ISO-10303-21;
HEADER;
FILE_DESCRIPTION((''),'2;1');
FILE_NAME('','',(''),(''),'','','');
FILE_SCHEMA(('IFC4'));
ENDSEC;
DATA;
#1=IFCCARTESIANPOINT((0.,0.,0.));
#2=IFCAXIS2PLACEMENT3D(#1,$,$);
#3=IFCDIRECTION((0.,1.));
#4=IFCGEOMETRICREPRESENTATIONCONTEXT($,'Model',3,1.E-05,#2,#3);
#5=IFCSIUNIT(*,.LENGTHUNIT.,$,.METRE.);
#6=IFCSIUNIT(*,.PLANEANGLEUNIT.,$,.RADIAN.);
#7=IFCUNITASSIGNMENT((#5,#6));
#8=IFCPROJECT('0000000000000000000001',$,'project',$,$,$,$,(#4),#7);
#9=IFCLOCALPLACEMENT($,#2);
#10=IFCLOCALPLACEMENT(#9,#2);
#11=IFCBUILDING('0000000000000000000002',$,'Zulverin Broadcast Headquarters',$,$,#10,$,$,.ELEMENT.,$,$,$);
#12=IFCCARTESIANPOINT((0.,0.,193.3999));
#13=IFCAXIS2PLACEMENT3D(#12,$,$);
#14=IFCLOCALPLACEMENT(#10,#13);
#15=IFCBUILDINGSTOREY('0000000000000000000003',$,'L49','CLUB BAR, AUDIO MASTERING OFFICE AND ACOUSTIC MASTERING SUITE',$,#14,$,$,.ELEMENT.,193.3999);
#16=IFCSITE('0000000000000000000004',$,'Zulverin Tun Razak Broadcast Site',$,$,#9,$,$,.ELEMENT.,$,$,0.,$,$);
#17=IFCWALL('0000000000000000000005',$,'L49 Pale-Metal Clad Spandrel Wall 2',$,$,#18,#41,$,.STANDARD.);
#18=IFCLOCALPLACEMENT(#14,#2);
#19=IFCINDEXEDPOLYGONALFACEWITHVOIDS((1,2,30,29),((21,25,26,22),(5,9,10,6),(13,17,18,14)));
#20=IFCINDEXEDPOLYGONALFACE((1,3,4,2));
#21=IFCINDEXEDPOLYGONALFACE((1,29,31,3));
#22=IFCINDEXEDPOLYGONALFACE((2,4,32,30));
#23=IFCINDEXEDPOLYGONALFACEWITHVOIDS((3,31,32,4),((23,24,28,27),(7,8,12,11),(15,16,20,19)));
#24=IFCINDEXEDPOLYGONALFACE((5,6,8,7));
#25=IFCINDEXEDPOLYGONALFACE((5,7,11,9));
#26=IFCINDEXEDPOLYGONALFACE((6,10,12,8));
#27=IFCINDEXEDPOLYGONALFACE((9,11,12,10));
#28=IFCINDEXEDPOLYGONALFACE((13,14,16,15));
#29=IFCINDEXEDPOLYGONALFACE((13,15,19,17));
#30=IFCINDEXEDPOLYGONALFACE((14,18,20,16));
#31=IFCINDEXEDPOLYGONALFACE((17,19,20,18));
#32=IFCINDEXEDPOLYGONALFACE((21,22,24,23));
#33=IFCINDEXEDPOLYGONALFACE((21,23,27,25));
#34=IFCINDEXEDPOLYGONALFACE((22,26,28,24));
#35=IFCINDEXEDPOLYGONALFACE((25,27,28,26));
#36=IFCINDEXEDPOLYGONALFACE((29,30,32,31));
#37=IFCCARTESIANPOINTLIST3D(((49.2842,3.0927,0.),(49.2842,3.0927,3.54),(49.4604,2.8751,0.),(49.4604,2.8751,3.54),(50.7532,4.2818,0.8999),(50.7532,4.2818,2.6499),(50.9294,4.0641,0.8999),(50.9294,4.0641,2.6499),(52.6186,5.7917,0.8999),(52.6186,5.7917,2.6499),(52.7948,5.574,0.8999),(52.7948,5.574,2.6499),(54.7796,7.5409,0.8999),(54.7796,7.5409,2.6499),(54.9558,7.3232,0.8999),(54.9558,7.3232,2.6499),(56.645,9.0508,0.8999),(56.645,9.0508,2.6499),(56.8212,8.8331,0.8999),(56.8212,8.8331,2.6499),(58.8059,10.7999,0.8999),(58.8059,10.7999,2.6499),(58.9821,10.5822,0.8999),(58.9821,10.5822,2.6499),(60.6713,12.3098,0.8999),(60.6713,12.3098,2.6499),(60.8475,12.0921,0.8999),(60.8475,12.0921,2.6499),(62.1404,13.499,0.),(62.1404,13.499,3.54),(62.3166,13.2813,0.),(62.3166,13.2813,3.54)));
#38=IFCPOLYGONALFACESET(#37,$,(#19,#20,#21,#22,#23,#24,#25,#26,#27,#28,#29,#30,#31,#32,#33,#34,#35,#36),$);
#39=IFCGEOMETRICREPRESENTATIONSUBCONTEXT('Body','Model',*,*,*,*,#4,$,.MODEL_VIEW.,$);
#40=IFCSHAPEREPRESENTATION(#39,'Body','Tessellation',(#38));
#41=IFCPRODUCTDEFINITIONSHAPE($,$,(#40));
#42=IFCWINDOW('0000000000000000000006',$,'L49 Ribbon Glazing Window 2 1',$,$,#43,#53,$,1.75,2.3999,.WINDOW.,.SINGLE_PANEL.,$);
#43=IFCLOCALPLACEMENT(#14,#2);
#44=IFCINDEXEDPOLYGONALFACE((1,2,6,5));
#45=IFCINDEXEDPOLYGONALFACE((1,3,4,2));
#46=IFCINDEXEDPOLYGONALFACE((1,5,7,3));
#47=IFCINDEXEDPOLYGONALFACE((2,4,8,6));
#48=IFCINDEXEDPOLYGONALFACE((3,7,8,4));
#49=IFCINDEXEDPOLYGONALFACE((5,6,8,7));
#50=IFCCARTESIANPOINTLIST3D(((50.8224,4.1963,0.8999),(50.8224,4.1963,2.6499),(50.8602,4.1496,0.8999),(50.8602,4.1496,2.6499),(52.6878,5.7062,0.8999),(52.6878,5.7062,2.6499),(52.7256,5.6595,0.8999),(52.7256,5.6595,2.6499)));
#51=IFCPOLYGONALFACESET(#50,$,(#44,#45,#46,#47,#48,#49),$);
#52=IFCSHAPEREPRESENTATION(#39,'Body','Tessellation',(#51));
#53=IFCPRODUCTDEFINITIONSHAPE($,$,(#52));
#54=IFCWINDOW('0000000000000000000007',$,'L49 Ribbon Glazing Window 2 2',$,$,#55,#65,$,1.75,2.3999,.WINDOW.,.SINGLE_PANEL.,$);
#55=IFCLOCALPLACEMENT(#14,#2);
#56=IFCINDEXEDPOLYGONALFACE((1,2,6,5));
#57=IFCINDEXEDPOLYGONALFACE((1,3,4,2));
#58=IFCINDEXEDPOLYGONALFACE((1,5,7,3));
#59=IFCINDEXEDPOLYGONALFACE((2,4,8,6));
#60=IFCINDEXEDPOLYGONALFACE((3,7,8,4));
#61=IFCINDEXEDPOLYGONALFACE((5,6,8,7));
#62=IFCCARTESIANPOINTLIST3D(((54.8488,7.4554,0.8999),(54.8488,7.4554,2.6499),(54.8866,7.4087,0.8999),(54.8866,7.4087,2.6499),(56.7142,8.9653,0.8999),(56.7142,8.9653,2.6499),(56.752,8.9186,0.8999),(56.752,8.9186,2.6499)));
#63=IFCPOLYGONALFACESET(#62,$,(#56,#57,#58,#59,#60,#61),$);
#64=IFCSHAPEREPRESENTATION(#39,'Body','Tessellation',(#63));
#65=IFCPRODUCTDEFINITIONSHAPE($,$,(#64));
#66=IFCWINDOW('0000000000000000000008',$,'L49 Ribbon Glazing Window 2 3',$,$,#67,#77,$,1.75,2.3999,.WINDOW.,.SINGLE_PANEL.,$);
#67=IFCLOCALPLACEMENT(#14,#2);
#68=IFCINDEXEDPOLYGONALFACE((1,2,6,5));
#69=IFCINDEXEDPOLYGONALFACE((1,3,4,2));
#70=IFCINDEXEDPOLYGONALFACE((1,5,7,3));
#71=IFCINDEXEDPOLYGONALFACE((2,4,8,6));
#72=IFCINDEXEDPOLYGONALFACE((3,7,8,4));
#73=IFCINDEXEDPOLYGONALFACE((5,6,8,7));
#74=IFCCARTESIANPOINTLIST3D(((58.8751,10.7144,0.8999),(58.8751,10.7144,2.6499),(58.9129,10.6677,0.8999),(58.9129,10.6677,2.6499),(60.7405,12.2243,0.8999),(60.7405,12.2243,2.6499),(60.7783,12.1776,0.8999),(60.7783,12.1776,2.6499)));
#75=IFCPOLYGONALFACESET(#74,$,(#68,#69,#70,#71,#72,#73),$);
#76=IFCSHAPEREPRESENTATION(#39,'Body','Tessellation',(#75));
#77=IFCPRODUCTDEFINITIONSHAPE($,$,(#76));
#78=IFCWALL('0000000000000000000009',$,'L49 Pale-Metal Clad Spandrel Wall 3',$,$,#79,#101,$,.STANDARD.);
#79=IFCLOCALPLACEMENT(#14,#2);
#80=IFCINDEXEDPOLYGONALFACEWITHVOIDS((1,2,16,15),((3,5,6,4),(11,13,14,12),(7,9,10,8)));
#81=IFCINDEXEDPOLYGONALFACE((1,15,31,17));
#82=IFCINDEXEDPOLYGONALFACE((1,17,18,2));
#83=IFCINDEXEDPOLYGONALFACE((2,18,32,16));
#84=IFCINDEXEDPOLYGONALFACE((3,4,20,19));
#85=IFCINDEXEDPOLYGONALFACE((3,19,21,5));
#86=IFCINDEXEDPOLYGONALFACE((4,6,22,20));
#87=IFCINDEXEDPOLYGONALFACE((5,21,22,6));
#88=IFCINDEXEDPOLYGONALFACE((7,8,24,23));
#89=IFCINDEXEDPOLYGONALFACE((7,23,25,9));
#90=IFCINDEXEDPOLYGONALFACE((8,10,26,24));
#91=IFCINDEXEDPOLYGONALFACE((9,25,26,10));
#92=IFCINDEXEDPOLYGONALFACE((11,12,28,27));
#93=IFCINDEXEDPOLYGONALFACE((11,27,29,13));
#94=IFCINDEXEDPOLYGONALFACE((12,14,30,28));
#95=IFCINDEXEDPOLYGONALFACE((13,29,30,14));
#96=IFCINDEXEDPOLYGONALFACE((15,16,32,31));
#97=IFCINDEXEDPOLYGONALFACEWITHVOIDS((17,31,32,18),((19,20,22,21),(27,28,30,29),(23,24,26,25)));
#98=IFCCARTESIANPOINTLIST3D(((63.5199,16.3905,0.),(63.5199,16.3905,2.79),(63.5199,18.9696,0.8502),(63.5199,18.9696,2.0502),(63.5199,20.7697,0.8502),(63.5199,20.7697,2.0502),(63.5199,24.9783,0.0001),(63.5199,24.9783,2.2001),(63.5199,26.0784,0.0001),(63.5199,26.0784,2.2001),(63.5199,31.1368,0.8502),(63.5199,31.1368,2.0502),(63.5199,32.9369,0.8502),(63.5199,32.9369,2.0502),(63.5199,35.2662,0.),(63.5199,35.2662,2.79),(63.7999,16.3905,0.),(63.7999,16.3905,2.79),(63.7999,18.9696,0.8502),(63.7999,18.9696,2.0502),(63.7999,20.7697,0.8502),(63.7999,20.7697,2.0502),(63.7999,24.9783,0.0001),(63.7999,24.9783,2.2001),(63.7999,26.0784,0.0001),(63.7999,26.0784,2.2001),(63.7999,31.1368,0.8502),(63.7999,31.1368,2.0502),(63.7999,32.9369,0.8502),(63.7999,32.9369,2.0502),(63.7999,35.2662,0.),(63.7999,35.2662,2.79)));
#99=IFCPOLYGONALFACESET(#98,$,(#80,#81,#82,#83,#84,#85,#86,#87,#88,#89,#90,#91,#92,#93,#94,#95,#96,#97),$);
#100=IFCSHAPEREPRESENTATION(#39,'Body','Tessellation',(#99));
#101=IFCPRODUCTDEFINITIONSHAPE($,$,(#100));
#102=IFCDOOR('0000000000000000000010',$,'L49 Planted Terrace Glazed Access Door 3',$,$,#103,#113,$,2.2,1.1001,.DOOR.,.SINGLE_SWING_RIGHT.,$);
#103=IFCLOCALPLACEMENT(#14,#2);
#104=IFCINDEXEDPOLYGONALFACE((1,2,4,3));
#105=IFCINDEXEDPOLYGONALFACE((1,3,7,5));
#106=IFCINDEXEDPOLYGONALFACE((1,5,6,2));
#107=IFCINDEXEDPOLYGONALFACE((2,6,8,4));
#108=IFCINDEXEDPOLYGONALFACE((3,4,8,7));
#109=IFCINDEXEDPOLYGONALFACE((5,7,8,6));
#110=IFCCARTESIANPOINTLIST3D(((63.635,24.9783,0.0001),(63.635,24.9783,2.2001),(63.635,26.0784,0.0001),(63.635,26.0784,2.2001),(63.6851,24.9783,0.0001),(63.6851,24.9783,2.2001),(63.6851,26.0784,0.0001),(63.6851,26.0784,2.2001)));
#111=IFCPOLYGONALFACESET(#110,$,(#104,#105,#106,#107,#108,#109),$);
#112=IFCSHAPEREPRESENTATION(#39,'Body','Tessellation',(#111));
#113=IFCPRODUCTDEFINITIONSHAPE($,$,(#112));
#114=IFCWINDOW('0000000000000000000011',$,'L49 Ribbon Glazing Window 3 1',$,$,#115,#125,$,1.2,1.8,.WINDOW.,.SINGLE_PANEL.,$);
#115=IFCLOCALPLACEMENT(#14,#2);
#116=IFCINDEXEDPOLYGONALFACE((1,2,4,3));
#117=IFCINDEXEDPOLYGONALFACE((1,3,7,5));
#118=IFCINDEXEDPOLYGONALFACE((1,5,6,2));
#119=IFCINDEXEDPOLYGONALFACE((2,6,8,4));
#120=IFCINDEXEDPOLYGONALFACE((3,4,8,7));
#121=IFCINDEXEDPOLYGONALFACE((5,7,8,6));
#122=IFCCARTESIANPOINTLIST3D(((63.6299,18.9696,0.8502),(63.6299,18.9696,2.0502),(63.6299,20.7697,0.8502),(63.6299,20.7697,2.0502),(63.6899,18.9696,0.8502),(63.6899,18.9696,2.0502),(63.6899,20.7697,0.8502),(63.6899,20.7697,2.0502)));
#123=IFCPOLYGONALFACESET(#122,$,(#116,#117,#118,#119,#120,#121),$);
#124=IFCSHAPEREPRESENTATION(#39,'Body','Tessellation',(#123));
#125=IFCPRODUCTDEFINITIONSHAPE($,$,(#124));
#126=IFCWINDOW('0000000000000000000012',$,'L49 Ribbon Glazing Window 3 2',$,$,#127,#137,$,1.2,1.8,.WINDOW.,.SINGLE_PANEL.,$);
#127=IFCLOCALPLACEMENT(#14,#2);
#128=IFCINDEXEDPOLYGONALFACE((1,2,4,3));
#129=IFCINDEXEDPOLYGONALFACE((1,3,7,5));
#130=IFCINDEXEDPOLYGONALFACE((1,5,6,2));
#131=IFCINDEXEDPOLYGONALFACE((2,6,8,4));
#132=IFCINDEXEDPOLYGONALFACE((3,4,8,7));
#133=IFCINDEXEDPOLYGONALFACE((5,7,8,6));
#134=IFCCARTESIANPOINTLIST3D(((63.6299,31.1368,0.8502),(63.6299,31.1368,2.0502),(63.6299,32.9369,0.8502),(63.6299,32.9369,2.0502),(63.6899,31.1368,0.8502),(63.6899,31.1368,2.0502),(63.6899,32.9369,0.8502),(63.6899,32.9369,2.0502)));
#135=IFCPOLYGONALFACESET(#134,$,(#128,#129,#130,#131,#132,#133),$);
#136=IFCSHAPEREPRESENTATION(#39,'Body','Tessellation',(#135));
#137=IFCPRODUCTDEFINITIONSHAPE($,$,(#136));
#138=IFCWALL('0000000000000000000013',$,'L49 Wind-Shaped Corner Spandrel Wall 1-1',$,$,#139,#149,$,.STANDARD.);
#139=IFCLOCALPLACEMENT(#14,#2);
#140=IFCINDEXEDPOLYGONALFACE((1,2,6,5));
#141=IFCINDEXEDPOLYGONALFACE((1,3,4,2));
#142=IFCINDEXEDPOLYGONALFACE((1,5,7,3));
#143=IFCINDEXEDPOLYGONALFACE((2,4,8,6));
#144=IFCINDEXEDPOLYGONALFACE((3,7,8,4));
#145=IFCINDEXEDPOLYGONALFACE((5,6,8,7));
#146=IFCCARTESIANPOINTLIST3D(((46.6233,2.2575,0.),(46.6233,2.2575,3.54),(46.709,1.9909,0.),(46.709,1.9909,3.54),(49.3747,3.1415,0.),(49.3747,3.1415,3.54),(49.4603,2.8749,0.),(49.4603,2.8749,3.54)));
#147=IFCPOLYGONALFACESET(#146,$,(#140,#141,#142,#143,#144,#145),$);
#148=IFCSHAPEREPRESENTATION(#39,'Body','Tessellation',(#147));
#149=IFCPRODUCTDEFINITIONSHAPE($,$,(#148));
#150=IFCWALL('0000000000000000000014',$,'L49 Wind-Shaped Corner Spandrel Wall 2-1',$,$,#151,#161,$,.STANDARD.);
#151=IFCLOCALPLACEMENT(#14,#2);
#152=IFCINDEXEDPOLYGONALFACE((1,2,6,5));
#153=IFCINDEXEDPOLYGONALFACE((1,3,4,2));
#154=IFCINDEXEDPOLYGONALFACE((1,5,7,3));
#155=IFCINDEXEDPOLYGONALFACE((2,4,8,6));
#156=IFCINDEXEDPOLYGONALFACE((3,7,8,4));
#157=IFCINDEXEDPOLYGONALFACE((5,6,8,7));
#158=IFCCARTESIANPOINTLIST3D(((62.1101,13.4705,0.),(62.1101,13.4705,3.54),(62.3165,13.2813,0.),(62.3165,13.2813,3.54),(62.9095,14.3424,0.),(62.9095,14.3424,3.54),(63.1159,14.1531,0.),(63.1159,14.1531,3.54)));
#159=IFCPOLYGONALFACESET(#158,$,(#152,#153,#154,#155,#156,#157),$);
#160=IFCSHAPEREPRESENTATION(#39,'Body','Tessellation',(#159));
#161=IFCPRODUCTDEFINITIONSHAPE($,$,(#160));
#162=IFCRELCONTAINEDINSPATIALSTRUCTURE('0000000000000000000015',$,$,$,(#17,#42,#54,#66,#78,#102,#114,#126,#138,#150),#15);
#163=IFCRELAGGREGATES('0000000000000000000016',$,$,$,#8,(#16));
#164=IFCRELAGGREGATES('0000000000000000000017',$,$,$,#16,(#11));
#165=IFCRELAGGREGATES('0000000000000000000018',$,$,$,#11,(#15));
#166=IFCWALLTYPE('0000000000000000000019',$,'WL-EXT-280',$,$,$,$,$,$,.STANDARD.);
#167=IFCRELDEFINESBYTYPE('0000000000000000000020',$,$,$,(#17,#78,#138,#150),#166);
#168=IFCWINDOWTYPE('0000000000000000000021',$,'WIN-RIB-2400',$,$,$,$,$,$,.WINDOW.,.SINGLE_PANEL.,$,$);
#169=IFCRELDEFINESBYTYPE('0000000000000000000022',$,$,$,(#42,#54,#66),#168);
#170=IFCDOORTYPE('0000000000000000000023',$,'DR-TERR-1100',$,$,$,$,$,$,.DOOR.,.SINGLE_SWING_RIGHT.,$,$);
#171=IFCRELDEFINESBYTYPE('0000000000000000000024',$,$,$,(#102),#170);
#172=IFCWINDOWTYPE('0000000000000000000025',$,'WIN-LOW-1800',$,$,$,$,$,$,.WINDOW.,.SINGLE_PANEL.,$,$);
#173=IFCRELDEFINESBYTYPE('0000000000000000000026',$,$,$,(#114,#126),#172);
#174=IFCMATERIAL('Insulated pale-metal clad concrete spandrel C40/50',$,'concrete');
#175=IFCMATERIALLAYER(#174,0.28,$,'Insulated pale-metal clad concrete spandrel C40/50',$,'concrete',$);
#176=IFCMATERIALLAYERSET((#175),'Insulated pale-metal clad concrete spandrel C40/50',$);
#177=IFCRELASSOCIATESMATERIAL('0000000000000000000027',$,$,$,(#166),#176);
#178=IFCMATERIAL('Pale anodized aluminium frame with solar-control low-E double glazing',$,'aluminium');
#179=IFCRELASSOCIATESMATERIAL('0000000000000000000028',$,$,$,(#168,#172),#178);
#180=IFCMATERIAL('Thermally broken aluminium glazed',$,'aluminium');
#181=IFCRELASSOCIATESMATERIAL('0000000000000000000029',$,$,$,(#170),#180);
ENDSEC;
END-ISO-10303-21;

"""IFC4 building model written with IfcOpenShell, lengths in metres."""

from ifc_helpers import new_model, si_unit, direction, frame, frame_2d, origin, place, context, subcontext, project, spatial, rectangle, extrude, material, layer, layer_set, type_object, element, fill, save


model = new_model("IFC4")

# Units and contexts
model_context = context("Model", 3, precision=1e-05, world=origin(), true_north=direction((0.0, 1.0)))
body_context = subcontext(model_context, "Body", "Model", "MODEL_VIEW")
ifc_project = project(units=[si_unit("LENGTHUNIT", "METRE"), si_unit("PLANEANGLEUNIT", "RADIAN")], contexts=[model_context])

# Site, building, storey
site_placement = place(None, origin())
site = spatial("IfcSite", under=ifc_project, at=site_placement, Name="Zulverin Tun Razak Broadcast Site", CompositionType="ELEMENT", RefElevation=0.0)
building_placement = place(site_placement, origin())
building = spatial("IfcBuilding", under=site, at=building_placement, Name="Zulverin Broadcast Headquarters", CompositionType="ELEMENT")
storey_placement = place(building_placement, frame((0.0, 0.0, 193.3999)))
storey = spatial("IfcBuildingStorey", under=building, at=storey_placement, Name="L49", Description="CLUB BAR, AUDIO MASTERING OFFICE AND ACOUSTIC MASTERING SUITE", CompositionType="ELEMENT", Elevation=193.3999)

# Wall, openings, windows
ifc_material_1 = material(Name="Insulated pale-metal clad concrete spandrel C40/50", Category="concrete")
ifc_layer_1 = layer(ifc_material_1, 0.28, Name="Insulated pale-metal clad concrete spandrel C40/50", Category="concrete")
ifc_layer_set_1 = layer_set([ifc_layer_1], Name="Insulated pale-metal clad concrete spandrel C40/50")
wall_type = type_object("IfcWallType", Name="WL-EXT-280", PredefinedType="STANDARD", material=ifc_layer_set_1)
wall_1_placement = place(storey_placement, frame((49.3723, 2.9839, 0.0), z_axis=(0.0, 0.0, 1.0), x_axis=(0.777279, 0.629156, 0.0)))
wall_1 = element("IfcWall", 1, at=wall_1_placement, inside=storey, type_object=wall_type, Name="L49 Pale-Metal Clad Spandrel Wall 2", PredefinedType="STANDARD", context=body_context, shape_type="SweptSolid", body=[
    extrude(rectangle(XDim=16.54, YDim=0.28, at=frame_2d((8.27, 0.0))), origin(), (0.0, 0.0, 1.0), 3.54),
])
opening_1_placement = place(wall_1_placement, frame((1.8899, 0.0, 0.8999)))
opening_1 = element("IfcOpeningElement", 2, at=opening_1_placement, cuts=wall_1, PredefinedType="OPENING", context=body_context, shape_type="SweptSolid", body=[
    extrude(rectangle(XDim=2.3999, YDim=1.75, at=frame_2d((1.2, 0.875))), frame((0.0, 0.1499, 0.0), z_axis=(0.0, -1.0, 0.0), x_axis=(1.0, 0.0, 0.0)), (0.0, 0.0, 1.0), 0.3),
])
opening_2_placement = place(wall_1_placement, frame((7.0701, 0.0, 0.8999)))
opening_2 = element("IfcOpeningElement", 3, at=opening_2_placement, cuts=wall_1, PredefinedType="OPENING", context=body_context, shape_type="SweptSolid", body=[
    extrude(rectangle(XDim=2.3999, YDim=1.75, at=frame_2d((1.2, 0.875))), frame((0.0, 0.1499, 0.0), z_axis=(0.0, -1.0, 0.0), x_axis=(1.0, 0.0, 0.0)), (0.0, 0.0, 1.0), 0.3),
])
opening_3_placement = place(wall_1_placement, frame((12.25, 0.0, 0.8999)))
opening_3 = element("IfcOpeningElement", 4, at=opening_3_placement, cuts=wall_1, PredefinedType="OPENING", context=body_context, shape_type="SweptSolid", body=[
    extrude(rectangle(XDim=2.3999, YDim=1.75, at=frame_2d((1.2, 0.875))), frame((0.0, 0.1499, 0.0), z_axis=(0.0, -1.0, 0.0), x_axis=(1.0, 0.0, 0.0)), (0.0, 0.0, 1.0), 0.3),
])
ifc_material_2 = material(Name="Pale anodized aluminium frame with solar-control low-E double glazing", Category="aluminium")
window_type_1 = type_object("IfcWindowType", Name="WIN-RIB-2400", PartitioningType="SINGLE_PANEL", PredefinedType="WINDOW", material=ifc_material_2)
window_1_placement = place(opening_1_placement, origin())
window_1 = element("IfcWindow", 5, at=window_1_placement, inside=storey, type_object=window_type_1, Name="L49 Ribbon Glazing Window 2 1", OverallHeight=1.75, OverallWidth=2.3999, PartitioningType="SINGLE_PANEL", PredefinedType="WINDOW", context=body_context, shape_type="SweptSolid", body=[
    extrude(rectangle(XDim=2.3999, YDim=1.75, at=frame_2d((1.2, 0.875))), frame((0.0, 0.03, 0.0), z_axis=(0.0, -1.0, 0.0), x_axis=(1.0, 0.0, 0.0)), (0.0, 0.0, 1.0), 0.0601),
])
fill(opening_1, window_1)
window_2_placement = place(opening_2_placement, origin())
window_2 = element("IfcWindow", 6, at=window_2_placement, inside=storey, type_object=window_type_1, Name="L49 Ribbon Glazing Window 2 2", OverallHeight=1.75, OverallWidth=2.3999, PartitioningType="SINGLE_PANEL", PredefinedType="WINDOW", context=body_context, shape_type="SweptSolid", body=[
    extrude(rectangle(XDim=2.3999, YDim=1.75, at=frame_2d((1.2, 0.875))), frame((0.0, 0.03, 0.0), z_axis=(0.0, -1.0, 0.0), x_axis=(1.0, 0.0, 0.0)), (0.0, 0.0, 1.0), 0.0601),
])
fill(opening_2, window_2)
window_3_placement = place(opening_3_placement, origin())
window_3 = element("IfcWindow", 7, at=window_3_placement, inside=storey, type_object=window_type_1, Name="L49 Ribbon Glazing Window 2 3", OverallHeight=1.75, OverallWidth=2.3999, PartitioningType="SINGLE_PANEL", PredefinedType="WINDOW", context=body_context, shape_type="SweptSolid", body=[
    extrude(rectangle(XDim=2.3999, YDim=1.75, at=frame_2d((1.2, 0.875))), frame((0.0, 0.03, 0.0), z_axis=(0.0, -1.0, 0.0), x_axis=(1.0, 0.0, 0.0)), (0.0, 0.0, 1.0), 0.0601),
])
fill(opening_3, window_3)

# Wall, openings, door, windows
wall_2_placement = place(storey_placement, frame((63.6599, 16.3904, 0.0), z_axis=(0.0, 0.0, 1.0), x_axis=(0.0, 1.0, 0.0)))
wall_2 = element("IfcWall", 8, at=wall_2_placement, inside=storey, type_object=wall_type, Name="L49 Pale-Metal Clad Spandrel Wall 3", PredefinedType="STANDARD", context=body_context, shape_type="SweptSolid", body=[
    extrude(rectangle(XDim=18.8757, YDim=0.28, at=frame_2d((9.438, 0.0))), origin(), (0.0, 0.0, 1.0), 2.79),
])
opening_4_placement = place(wall_2_placement, frame((8.5879, 0.0, 0.0)))
opening_4 = element("IfcOpeningElement", 9, at=opening_4_placement, cuts=wall_2, PredefinedType="OPENING", context=body_context, shape_type="SweptSolid", body=[
    extrude(rectangle(XDim=1.1001, YDim=2.2, at=frame_2d((0.55, 1.1001))), frame((0.0, 0.1499, 0.0), z_axis=(0.0, -1.0, 0.0), x_axis=(1.0, 0.0, 0.0)), (0.0, 0.0, 1.0), 0.3),
])
opening_5_placement = place(wall_2_placement, frame((2.5793, 0.0, 0.8501)))
opening_5 = element("IfcOpeningElement", 10, at=opening_5_placement, cuts=wall_2, PredefinedType="OPENING", context=body_context, shape_type="SweptSolid", body=[
    extrude(rectangle(XDim=1.8, YDim=1.2, at=frame_2d((0.8999, 0.6001))), frame((0.0, 0.1499, 0.0), z_axis=(0.0, -1.0, 0.0), x_axis=(1.0, 0.0, 0.0)), (0.0, 0.0, 1.0), 0.3),
])
opening_6_placement = place(wall_2_placement, frame((14.7466, 0.0, 0.8501)))
opening_6 = element("IfcOpeningElement", 11, at=opening_6_placement, cuts=wall_2, PredefinedType="OPENING", context=body_context, shape_type="SweptSolid", body=[
    extrude(rectangle(XDim=1.8, YDim=1.2, at=frame_2d((0.8999, 0.6001))), frame((0.0, 0.1499, 0.0), z_axis=(0.0, -1.0, 0.0), x_axis=(1.0, 0.0, 0.0)), (0.0, 0.0, 1.0), 0.3),
])
ifc_material_3 = material(Name="Thermally broken aluminium glazed", Category="aluminium")
door_type = type_object("IfcDoorType", Name="DR-TERR-1100", OperationType="SINGLE_SWING_RIGHT", PredefinedType="DOOR", material=ifc_material_3)
door_placement = place(opening_4_placement, origin())
door = element("IfcDoor", 12, at=door_placement, inside=storey, type_object=door_type, Name="L49 Planted Terrace Glazed Access Door 3", OperationType="SINGLE_SWING_RIGHT", OverallHeight=2.2, OverallWidth=1.1001, PredefinedType="DOOR", context=body_context, shape_type="SweptSolid", body=[
    extrude(rectangle(XDim=1.1001, YDim=2.2, at=frame_2d((0.55, 1.1001))), frame((0.0, 0.0249, 0.0), z_axis=(0.0, -1.0, 0.0), x_axis=(1.0, 0.0, 0.0)), (0.0, 0.0, 1.0), 0.05),
])
fill(opening_4, door)
window_type_2 = type_object("IfcWindowType", Name="WIN-LOW-1800", PartitioningType="SINGLE_PANEL", PredefinedType="WINDOW", material=ifc_material_2)
window_4_placement = place(opening_5_placement, origin())
window_4 = element("IfcWindow", 13, at=window_4_placement, inside=storey, type_object=window_type_2, Name="L49 Ribbon Glazing Window 3 1", OverallHeight=1.2, OverallWidth=1.8, PartitioningType="SINGLE_PANEL", PredefinedType="WINDOW", context=body_context, shape_type="SweptSolid", body=[
    extrude(rectangle(XDim=1.8, YDim=1.2, at=frame_2d((0.8999, 0.6001))), frame((0.0, 0.03, 0.0), z_axis=(0.0, -1.0, 0.0), x_axis=(1.0, 0.0, 0.0)), (0.0, 0.0, 1.0), 0.0601),
])
fill(opening_5, window_4)
window_5_placement = place(opening_6_placement, origin())
window_5 = element("IfcWindow", 14, at=window_5_placement, inside=storey, type_object=window_type_2, Name="L49 Ribbon Glazing Window 3 2", OverallHeight=1.2, OverallWidth=1.8, PartitioningType="SINGLE_PANEL", PredefinedType="WINDOW", context=body_context, shape_type="SweptSolid", body=[
    extrude(rectangle(XDim=1.8, YDim=1.2, at=frame_2d((0.8999, 0.6001))), frame((0.0, 0.03, 0.0), z_axis=(0.0, -1.0, 0.0), x_axis=(1.0, 0.0, 0.0)), (0.0, 0.0, 1.0), 0.0601),
])
fill(opening_6, window_5)

# Walls
wall_3_placement = place(storey_placement, frame((46.6663, 2.1243, 0.0), z_axis=(0.0, 0.0, 1.0), x_axis=(0.952065, 0.305894, 0.0)))
element("IfcWall", 15, at=wall_3_placement, inside=storey, type_object=wall_type, Name="L49 Wind-Shaped Corner Spandrel Wall 1-1", PredefinedType="STANDARD", context=body_context, shape_type="SweptSolid", body=[
    extrude(rectangle(XDim=2.8899, YDim=0.28, at=frame_2d((1.4448, 0.0))), origin(), (0.0, 0.0, 1.0), 3.54),
])
wall_4_placement = place(storey_placement, frame((62.2134, 13.376, 0.0), z_axis=(0.0, 0.0, 1.0), x_axis=(0.67579, 0.737094, 0.0)))
element("IfcWall", 16, at=wall_4_placement, inside=storey, type_object=wall_type, Name="L49 Wind-Shaped Corner Spandrel Wall 2-1", PredefinedType="STANDARD", context=body_context, shape_type="SweptSolid", body=[
    extrude(rectangle(XDim=1.1829, YDim=0.28, at=frame_2d((0.5913, 0.0))), origin(), (0.0, 0.0, 1.0), 3.54),
])

save(model, "model.ifc")
